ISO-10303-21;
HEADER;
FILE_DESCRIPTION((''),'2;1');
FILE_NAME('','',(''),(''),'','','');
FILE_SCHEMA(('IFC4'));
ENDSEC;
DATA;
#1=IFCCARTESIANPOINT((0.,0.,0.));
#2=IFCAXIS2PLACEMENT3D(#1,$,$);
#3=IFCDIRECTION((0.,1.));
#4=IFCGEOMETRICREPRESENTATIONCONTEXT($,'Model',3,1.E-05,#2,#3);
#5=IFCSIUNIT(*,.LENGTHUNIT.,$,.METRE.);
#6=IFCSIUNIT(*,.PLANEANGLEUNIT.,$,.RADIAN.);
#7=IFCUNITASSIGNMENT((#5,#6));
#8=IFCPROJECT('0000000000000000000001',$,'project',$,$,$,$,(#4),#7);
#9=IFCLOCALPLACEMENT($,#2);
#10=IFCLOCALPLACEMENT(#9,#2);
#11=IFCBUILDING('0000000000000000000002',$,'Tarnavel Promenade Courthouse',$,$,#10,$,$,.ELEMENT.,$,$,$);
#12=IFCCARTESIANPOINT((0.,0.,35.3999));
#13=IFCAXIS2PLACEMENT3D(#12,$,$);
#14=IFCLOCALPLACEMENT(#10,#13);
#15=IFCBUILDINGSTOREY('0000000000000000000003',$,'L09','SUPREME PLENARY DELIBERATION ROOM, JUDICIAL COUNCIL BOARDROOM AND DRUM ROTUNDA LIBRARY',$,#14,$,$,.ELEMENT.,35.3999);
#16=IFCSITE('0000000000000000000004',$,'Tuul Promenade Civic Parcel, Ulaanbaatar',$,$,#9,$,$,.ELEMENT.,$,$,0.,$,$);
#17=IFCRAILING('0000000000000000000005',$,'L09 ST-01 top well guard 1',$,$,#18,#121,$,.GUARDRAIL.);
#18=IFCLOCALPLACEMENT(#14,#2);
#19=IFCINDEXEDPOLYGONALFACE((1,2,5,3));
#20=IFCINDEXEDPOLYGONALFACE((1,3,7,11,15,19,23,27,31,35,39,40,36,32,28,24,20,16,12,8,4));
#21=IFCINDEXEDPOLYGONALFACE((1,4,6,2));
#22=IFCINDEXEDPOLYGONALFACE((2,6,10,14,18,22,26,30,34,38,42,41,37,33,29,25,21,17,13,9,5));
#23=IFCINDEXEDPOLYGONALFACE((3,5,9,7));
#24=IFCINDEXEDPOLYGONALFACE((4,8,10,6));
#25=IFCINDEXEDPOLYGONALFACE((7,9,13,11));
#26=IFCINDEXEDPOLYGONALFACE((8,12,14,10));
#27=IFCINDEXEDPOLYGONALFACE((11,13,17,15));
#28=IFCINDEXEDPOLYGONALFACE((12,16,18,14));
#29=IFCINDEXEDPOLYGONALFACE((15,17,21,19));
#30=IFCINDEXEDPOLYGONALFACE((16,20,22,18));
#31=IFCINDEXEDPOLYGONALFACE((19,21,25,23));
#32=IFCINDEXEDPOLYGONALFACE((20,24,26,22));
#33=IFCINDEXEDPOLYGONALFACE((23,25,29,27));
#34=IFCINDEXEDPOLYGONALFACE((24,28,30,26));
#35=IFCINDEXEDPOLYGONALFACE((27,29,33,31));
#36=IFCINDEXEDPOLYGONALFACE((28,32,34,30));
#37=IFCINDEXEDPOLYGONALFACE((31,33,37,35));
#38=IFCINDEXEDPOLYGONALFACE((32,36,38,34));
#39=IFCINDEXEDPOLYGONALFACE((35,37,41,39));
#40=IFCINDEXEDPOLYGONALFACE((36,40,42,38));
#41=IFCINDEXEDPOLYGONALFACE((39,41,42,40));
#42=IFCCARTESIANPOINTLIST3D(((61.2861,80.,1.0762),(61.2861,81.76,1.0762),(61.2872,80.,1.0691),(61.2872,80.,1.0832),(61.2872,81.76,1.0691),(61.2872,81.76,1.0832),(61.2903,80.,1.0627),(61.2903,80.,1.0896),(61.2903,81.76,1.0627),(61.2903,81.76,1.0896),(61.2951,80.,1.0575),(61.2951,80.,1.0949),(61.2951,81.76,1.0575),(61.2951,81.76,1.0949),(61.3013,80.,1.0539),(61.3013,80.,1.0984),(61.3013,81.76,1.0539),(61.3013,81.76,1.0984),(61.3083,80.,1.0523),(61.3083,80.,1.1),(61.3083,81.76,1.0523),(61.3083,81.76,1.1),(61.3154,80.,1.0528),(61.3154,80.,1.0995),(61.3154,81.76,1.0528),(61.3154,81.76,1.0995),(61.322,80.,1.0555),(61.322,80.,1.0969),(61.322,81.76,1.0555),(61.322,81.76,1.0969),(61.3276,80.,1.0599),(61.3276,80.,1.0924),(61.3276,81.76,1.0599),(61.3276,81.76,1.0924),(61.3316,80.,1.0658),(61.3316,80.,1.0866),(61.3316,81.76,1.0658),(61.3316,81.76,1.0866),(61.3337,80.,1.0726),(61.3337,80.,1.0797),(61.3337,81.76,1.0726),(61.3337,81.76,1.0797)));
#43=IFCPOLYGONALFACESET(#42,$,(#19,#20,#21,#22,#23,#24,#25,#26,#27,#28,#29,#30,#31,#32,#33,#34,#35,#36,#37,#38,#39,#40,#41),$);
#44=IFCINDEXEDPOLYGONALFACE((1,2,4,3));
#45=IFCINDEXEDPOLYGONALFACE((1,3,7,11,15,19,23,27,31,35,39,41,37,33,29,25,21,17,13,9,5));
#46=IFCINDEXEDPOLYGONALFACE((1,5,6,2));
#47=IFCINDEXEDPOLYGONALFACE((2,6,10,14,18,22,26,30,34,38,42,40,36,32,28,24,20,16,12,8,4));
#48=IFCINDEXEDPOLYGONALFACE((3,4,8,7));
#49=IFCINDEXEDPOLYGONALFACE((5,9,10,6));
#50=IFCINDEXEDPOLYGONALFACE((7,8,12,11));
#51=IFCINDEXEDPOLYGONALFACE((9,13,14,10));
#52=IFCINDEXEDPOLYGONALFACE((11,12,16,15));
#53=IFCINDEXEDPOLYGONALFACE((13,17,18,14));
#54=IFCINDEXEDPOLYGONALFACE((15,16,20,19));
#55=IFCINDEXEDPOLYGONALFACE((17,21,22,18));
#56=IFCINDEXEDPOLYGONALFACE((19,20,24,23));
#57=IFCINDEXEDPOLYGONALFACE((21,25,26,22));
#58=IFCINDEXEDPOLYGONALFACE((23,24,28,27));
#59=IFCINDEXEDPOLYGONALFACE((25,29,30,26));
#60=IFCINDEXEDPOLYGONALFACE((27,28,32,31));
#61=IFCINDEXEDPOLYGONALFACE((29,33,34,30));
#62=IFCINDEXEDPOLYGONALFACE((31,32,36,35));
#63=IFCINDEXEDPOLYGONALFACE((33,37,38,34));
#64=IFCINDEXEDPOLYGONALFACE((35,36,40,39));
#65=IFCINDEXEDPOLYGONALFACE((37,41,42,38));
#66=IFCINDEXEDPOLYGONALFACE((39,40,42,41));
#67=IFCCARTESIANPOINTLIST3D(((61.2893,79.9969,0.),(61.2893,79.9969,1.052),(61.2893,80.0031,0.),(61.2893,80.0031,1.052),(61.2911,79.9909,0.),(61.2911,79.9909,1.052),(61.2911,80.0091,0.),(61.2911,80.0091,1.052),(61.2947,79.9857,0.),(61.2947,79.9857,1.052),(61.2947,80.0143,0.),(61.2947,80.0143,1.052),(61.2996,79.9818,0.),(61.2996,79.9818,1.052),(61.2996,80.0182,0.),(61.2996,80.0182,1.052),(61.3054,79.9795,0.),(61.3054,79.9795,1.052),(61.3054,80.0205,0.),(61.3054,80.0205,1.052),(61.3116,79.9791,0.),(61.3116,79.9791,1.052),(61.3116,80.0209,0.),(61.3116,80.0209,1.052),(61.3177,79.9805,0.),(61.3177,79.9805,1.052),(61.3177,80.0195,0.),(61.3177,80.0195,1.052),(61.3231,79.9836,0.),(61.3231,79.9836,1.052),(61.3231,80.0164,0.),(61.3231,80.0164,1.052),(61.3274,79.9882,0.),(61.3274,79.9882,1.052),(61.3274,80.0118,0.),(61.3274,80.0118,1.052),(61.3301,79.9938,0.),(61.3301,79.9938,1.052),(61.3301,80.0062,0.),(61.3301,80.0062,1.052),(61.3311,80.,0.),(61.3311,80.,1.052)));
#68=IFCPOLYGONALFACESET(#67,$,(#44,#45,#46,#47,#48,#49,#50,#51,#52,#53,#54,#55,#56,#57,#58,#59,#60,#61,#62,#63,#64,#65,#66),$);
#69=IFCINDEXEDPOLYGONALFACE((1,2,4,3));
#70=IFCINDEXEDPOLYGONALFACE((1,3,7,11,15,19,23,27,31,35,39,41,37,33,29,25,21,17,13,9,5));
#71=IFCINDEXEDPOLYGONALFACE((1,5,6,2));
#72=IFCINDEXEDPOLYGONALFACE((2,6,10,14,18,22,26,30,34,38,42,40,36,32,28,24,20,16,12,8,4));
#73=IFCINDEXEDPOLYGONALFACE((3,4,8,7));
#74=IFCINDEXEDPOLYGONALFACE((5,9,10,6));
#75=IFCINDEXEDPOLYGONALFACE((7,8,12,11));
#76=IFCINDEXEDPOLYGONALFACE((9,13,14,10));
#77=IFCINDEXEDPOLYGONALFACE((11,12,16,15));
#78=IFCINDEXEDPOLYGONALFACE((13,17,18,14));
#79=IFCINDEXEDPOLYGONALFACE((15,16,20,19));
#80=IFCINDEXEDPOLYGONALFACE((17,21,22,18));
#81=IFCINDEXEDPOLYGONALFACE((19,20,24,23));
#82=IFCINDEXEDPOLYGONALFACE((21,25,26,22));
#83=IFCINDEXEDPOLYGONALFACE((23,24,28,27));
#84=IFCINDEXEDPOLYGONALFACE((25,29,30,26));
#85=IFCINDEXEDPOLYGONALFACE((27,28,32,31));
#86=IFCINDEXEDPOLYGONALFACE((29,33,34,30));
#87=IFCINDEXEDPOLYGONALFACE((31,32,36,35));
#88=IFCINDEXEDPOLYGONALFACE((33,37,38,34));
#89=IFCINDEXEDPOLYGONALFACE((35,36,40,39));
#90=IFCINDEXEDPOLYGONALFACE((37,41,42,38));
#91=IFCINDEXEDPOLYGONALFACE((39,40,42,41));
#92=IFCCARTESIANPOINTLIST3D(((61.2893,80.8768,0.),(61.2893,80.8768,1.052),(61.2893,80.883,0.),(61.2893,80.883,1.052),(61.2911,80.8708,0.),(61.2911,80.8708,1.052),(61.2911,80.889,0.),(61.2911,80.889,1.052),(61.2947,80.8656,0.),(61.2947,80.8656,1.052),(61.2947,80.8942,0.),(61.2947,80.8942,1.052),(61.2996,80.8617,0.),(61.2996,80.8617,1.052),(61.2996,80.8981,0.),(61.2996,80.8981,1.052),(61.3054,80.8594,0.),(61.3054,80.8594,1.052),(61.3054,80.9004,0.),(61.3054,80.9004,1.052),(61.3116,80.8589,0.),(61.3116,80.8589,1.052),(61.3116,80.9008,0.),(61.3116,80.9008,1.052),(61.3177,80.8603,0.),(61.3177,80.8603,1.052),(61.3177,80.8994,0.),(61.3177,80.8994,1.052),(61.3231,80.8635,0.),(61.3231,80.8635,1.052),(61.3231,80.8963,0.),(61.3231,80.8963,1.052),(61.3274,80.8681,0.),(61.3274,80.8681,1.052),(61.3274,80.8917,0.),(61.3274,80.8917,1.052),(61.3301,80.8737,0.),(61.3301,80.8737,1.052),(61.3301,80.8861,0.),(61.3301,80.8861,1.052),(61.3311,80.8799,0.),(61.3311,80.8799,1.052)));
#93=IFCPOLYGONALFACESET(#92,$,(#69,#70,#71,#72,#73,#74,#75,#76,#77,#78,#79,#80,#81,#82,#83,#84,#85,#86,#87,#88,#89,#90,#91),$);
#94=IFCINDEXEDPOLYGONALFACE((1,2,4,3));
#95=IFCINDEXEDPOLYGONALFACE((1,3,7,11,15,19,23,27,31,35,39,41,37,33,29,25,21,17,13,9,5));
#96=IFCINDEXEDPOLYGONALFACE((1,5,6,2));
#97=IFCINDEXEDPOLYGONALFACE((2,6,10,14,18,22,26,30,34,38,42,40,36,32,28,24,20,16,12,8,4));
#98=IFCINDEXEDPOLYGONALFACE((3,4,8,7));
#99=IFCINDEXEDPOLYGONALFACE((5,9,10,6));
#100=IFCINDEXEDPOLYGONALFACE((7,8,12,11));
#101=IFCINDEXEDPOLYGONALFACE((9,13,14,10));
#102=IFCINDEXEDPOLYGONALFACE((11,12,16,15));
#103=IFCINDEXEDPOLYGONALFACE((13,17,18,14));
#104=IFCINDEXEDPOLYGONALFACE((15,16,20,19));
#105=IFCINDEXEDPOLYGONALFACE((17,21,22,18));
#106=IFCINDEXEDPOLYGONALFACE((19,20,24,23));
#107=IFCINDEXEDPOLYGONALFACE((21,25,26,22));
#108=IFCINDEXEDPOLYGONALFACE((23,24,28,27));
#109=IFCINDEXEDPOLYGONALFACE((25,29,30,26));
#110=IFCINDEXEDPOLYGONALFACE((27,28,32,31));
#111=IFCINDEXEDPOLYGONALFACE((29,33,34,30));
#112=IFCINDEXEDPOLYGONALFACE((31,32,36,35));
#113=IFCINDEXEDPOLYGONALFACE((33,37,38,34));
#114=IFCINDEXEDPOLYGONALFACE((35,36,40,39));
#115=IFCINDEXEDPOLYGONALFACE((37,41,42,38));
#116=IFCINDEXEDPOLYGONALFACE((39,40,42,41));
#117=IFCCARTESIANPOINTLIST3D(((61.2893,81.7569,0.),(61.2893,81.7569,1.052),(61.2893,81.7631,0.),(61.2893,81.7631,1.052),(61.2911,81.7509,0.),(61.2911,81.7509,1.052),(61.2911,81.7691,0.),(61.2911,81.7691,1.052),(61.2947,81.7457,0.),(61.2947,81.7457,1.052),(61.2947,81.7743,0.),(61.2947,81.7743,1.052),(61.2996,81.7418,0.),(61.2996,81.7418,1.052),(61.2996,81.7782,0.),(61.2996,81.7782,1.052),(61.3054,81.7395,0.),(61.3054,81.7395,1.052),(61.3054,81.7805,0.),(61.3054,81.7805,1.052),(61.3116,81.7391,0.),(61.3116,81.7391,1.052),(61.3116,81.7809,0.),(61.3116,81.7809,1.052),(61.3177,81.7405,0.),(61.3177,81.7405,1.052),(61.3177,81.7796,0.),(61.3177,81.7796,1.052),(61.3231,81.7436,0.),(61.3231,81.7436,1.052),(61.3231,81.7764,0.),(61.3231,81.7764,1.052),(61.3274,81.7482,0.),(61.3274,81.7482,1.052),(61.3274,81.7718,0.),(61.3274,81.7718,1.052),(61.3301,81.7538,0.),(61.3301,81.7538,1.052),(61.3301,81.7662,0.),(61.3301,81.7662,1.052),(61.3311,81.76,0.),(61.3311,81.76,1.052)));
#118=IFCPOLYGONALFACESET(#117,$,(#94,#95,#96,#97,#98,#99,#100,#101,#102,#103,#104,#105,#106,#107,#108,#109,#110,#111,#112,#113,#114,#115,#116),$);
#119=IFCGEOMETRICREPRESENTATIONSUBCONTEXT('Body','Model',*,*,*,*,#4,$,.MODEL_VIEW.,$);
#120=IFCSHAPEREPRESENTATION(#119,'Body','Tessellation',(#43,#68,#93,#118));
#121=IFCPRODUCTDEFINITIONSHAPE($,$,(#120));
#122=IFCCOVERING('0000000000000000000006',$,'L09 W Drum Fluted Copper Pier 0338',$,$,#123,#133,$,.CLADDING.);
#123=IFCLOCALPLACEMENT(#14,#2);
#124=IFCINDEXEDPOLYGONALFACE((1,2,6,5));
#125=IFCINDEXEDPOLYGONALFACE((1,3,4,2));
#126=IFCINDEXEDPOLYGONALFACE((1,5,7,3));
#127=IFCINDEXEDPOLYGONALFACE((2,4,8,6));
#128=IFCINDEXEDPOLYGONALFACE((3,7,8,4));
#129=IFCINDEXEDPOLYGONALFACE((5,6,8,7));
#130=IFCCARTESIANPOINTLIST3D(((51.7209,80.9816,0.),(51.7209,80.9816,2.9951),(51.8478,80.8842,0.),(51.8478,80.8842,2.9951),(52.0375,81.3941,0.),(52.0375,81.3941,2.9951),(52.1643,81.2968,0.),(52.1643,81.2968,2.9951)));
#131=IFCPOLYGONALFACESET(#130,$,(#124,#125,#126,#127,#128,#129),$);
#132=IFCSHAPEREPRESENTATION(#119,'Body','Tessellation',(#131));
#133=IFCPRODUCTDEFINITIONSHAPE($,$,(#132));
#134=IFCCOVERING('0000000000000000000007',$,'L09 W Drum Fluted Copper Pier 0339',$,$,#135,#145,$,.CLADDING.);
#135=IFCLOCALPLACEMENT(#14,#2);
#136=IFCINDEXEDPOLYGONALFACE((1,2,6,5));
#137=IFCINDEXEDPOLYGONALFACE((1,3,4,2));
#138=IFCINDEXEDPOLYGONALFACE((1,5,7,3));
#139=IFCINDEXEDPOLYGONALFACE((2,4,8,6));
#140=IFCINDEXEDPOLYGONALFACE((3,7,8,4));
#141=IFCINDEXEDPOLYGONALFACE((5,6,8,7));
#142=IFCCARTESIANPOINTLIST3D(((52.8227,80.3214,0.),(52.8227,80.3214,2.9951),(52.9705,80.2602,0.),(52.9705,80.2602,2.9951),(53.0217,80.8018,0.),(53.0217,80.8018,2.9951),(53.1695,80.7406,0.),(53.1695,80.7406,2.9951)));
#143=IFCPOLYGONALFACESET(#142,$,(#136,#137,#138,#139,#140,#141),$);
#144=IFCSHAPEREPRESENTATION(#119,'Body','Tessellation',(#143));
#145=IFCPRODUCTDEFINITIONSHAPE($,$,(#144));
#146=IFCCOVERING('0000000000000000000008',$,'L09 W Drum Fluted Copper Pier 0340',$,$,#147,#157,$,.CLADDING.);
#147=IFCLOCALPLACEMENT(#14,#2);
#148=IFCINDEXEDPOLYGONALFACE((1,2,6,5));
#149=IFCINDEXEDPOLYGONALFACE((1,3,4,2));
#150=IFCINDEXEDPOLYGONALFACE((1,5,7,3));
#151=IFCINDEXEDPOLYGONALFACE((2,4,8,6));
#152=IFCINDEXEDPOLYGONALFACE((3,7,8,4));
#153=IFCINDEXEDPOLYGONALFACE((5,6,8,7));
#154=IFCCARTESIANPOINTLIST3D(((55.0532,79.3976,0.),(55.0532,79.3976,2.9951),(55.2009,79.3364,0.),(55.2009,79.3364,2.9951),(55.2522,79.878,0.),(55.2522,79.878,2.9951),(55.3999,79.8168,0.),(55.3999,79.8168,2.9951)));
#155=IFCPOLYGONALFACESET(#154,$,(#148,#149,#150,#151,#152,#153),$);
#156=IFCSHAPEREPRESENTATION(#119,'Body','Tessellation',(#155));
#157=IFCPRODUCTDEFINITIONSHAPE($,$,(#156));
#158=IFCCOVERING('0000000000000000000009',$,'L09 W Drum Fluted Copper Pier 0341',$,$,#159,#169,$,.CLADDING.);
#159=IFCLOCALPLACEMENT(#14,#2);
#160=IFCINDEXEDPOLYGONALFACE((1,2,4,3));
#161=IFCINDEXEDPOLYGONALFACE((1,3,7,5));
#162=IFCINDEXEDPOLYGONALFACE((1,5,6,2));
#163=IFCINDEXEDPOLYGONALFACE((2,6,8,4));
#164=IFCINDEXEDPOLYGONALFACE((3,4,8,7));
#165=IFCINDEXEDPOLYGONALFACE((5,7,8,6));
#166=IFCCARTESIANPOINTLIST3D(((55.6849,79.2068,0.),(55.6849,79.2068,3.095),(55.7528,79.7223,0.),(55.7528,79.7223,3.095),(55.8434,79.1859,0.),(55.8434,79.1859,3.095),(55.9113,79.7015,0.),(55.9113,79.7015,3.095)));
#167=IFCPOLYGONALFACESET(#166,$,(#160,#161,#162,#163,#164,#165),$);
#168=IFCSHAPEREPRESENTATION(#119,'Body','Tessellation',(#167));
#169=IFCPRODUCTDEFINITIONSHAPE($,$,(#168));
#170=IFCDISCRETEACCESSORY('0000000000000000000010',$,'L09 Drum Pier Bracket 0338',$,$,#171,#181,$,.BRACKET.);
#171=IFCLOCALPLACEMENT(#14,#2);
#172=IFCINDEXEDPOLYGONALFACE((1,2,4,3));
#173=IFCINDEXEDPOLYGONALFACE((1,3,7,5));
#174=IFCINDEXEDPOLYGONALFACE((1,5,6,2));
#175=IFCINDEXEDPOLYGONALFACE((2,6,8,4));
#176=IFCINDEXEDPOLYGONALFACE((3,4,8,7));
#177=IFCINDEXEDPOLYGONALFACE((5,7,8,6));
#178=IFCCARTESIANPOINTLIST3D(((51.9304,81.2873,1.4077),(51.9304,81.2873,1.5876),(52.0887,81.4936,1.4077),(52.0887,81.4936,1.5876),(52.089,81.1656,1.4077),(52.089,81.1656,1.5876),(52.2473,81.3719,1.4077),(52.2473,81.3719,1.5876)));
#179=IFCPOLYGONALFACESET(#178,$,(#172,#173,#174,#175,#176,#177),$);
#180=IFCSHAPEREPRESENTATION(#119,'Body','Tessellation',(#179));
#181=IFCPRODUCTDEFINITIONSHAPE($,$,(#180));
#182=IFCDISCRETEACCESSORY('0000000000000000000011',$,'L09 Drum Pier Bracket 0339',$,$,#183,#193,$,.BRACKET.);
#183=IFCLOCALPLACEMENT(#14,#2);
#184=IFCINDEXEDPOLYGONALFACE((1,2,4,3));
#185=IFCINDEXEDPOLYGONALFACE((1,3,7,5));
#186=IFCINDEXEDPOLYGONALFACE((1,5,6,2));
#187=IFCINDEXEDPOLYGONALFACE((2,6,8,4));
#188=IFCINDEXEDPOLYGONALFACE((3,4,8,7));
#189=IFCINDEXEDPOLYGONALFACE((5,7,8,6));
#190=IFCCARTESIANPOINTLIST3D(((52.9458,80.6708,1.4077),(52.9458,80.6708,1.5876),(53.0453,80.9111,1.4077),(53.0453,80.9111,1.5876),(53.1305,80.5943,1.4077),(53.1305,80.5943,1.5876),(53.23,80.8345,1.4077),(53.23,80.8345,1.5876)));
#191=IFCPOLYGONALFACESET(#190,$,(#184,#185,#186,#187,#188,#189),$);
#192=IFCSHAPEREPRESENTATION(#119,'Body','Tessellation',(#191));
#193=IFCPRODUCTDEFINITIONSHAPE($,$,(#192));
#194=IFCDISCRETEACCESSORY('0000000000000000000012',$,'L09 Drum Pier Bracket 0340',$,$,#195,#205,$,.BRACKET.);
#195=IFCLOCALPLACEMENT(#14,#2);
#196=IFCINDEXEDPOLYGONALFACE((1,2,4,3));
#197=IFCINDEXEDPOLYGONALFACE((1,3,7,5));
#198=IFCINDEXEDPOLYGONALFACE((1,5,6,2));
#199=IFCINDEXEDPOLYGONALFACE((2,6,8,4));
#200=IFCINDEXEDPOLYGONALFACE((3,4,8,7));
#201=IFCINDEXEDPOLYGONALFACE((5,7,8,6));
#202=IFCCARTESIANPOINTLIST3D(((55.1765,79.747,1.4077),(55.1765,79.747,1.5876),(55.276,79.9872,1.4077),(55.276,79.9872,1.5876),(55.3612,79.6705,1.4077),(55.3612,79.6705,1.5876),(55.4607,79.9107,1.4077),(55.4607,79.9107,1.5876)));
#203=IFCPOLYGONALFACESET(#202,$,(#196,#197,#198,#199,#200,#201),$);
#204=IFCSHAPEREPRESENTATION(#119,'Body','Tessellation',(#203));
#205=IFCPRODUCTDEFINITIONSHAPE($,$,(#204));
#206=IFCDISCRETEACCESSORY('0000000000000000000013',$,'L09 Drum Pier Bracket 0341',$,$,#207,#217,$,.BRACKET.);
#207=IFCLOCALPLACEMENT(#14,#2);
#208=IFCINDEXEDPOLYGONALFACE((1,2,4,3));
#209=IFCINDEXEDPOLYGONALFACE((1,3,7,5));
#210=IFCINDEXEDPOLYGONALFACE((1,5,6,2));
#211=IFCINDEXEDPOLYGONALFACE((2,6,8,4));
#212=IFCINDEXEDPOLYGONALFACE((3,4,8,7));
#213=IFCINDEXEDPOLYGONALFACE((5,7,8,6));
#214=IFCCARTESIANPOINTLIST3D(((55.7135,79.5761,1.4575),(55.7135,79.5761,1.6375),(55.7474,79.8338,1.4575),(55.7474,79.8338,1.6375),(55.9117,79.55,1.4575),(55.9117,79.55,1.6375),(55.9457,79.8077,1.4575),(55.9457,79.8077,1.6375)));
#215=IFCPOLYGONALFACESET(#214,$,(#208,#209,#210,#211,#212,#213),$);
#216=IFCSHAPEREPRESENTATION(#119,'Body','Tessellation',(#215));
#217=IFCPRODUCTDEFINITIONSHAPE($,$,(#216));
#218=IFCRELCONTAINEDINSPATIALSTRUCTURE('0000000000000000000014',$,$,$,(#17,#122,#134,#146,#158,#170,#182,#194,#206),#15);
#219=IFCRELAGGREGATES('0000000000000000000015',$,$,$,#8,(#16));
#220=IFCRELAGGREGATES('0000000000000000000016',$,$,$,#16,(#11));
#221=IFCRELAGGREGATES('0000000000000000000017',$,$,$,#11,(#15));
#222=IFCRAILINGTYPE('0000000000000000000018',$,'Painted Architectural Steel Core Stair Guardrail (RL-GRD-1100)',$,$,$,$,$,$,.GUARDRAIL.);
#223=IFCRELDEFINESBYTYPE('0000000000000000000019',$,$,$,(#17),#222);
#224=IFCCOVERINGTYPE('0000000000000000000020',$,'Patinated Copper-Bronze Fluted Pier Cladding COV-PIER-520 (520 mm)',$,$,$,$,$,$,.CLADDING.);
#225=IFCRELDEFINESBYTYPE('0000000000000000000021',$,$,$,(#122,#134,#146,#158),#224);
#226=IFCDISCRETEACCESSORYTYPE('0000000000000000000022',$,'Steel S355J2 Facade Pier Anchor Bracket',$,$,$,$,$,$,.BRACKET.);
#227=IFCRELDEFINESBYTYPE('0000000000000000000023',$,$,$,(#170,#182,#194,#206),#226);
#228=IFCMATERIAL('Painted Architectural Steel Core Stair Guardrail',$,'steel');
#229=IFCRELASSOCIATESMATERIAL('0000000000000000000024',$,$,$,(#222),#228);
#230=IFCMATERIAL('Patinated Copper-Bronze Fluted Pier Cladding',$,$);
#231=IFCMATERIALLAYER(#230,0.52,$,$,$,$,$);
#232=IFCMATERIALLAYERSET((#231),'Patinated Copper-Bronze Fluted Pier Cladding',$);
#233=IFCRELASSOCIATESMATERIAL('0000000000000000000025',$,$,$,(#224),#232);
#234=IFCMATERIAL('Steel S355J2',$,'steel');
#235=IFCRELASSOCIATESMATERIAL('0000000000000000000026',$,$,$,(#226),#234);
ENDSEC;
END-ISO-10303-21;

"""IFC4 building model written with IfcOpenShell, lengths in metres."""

from ifc_helpers import new_model, si_unit, direction, frame, origin, origin_2d, place, context, subcontext, project, spatial, rectangle, circle, extrude, material, layer, layer_set, type_object, element, save


model = new_model("IFC4")

# Units and contexts
model_context = context("Model", 3, precision=1e-05, world=origin(), true_north=direction((0.0, 1.0)))
body_context = subcontext(model_context, "Body", "Model", "MODEL_VIEW")
ifc_project = project(units=[si_unit("LENGTHUNIT", "METRE"), si_unit("PLANEANGLEUNIT", "RADIAN")], contexts=[model_context])

# Site, building, storey
site_placement = place(None, origin())
site = spatial("IfcSite", under=ifc_project, at=site_placement, Name="Tuul Promenade Civic Parcel, Ulaanbaatar", CompositionType="ELEMENT", RefElevation=0.0)
building_placement = place(site_placement, origin())
building = spatial("IfcBuilding", under=site, at=building_placement, Name="Tarnavel Promenade Courthouse", CompositionType="ELEMENT")
storey_placement = place(building_placement, frame((0.0, 0.0, 35.3999)))
storey = spatial("IfcBuildingStorey", under=building, at=storey_placement, Name="L09", Description="SUPREME PLENARY DELIBERATION ROOM, JUDICIAL COUNCIL BOARDROOM AND DRUM ROTUNDA LIBRARY", CompositionType="ELEMENT", Elevation=35.3999)

# Shared definitions
ifc_material_1 = material(Name="Steel S355J2", Category="steel")

# Railing
ifc_material_2 = material(Name="Painted Architectural Steel Core Stair Guardrail", Category="steel")
railing_type = type_object("IfcRailingType", Name="Painted Architectural Steel Core Stair Guardrail (RL-GRD-1100)", PredefinedType="GUARDRAIL", material=ifc_material_2)
railing_placement = place(storey_placement, frame((61.3101, 80.0, 0.0)))
element("IfcRailing", 1, at=railing_placement, inside=storey, type_object=railing_type, Name="L09 ST-01 top well guard 1", PredefinedType="GUARDRAIL", context=body_context, shape_type="SweptSolid", body=[
    extrude(circle(Radius=0.0239, at=origin_2d()), frame((0.0, 0.0, 1.0762), z_axis=(0.0, 1.0, 0.0), x_axis=(-1.0, 0.0, 0.0)), (0.0, 0.0, 1.0), 1.76),
    extrude(circle(Radius=0.021, at=origin_2d()), origin(), (0.0, 0.0, 1.0), 1.052),
    extrude(circle(Radius=0.021, at=origin_2d()), frame((0.0, 0.8799, 0.0)), (0.0, 0.0, 1.0), 1.052),
    extrude(circle(Radius=0.021, at=origin_2d()), frame((0.0, 1.76, 0.0)), (0.0, 0.0, 1.0), 1.052),
])

# Coverings
ifc_material_3 = material(Name="Patinated Copper-Bronze Fluted Pier Cladding")
ifc_layer_1 = layer(ifc_material_3, 0.52)
ifc_layer_set_1 = layer_set([ifc_layer_1], Name="Patinated Copper-Bronze Fluted Pier Cladding")
covering_type = type_object("IfcCoveringType", Name="Patinated Copper-Bronze Fluted Pier Cladding COV-PIER-520 (520 mm)", PredefinedType="CLADDING", material=ifc_layer_set_1)
for number, where, z_axis, x_axis, name in (
    (2, (51.9426, 81.1392, 0.0), (0.0, 0.0, 1.0), (0.793353, -0.608761, 0.0), "L09 W Drum Fluted Copper Pier 0338"),
    (3, (52.9961, 80.531, 0.0), (0.0, 0.0, 1.0), (0.92388, -0.382683, 0.0), "L09 W Drum Fluted Copper Pier 0339"),
    (4, (55.2266, 79.6072, 0.0), (0.0, 0.0, 1.0), (0.92388, -0.382683, 0.0), "L09 W Drum Fluted Copper Pier 0340"),
):
    element("IfcCovering", number, at=place(storey_placement, frame(where, z_axis=z_axis, x_axis=x_axis)), inside=storey, type_object=covering_type, Name=name, PredefinedType="CLADDING", context=body_context, shape_type="SweptSolid", body=[
        extrude(rectangle(XDim=0.1599, YDim=0.52, at=origin_2d()), origin(), (0.0, 0.0, 1.0), 2.9951),
    ])
covering_placement = place(storey_placement, frame((55.7981, 79.4541, 0.0), z_axis=(0.0, 0.0, 1.0), x_axis=(0.991445, -0.130526, 0.0)))
element("IfcCovering", 5, at=covering_placement, inside=storey, type_object=covering_type, Name="L09 W Drum Fluted Copper Pier 0341", PredefinedType="CLADDING", context=body_context, shape_type="SweptSolid", body=[
    extrude(rectangle(XDim=0.1599, YDim=0.52, at=origin_2d()), origin(), (0.0, 0.0, 1.0), 3.095),
])

# Discrete accessories
discrete_accessory_type = type_object("IfcDiscreteAccessoryType", Name="Steel S355J2 Facade Pier Anchor Bracket", PredefinedType="BRACKET", material=ifc_material_1)
for number, where, z_axis, x_axis, name in (
    (6, (52.0889, 81.3296, 1.4077), (0.0, 0.0, 1.0), (0.793353, -0.608761, 0.0), "L09 Drum Pier Bracket 0338"),
    (7, (53.0879, 80.7527, 1.4077), (0.0, 0.0, 1.0), (0.92388, -0.382683, 0.0), "L09 Drum Pier Bracket 0339"),
    (8, (55.3186, 79.8289, 1.4077), (0.0, 0.0, 1.0), (0.92388, -0.382683, 0.0), "L09 Drum Pier Bracket 0340"),
    (9, (55.8296, 79.6919, 1.4575), (0.0, 0.0, 1.0), (0.991445, -0.130526, 0.0), "L09 Drum Pier Bracket 0341"),
):
    element("IfcDiscreteAccessory", number, at=place(storey_placement, frame(where, z_axis=z_axis, x_axis=x_axis)), inside=storey, type_object=discrete_accessory_type, Name=name, PredefinedType="BRACKET", context=body_context, shape_type="SweptSolid", body=[
        extrude(rectangle(XDim=0.2, YDim=0.26, at=origin_2d()), origin(), (0.0, 0.0, 1.0), 0.1799),
    ])

save(model, "model.ifc")
